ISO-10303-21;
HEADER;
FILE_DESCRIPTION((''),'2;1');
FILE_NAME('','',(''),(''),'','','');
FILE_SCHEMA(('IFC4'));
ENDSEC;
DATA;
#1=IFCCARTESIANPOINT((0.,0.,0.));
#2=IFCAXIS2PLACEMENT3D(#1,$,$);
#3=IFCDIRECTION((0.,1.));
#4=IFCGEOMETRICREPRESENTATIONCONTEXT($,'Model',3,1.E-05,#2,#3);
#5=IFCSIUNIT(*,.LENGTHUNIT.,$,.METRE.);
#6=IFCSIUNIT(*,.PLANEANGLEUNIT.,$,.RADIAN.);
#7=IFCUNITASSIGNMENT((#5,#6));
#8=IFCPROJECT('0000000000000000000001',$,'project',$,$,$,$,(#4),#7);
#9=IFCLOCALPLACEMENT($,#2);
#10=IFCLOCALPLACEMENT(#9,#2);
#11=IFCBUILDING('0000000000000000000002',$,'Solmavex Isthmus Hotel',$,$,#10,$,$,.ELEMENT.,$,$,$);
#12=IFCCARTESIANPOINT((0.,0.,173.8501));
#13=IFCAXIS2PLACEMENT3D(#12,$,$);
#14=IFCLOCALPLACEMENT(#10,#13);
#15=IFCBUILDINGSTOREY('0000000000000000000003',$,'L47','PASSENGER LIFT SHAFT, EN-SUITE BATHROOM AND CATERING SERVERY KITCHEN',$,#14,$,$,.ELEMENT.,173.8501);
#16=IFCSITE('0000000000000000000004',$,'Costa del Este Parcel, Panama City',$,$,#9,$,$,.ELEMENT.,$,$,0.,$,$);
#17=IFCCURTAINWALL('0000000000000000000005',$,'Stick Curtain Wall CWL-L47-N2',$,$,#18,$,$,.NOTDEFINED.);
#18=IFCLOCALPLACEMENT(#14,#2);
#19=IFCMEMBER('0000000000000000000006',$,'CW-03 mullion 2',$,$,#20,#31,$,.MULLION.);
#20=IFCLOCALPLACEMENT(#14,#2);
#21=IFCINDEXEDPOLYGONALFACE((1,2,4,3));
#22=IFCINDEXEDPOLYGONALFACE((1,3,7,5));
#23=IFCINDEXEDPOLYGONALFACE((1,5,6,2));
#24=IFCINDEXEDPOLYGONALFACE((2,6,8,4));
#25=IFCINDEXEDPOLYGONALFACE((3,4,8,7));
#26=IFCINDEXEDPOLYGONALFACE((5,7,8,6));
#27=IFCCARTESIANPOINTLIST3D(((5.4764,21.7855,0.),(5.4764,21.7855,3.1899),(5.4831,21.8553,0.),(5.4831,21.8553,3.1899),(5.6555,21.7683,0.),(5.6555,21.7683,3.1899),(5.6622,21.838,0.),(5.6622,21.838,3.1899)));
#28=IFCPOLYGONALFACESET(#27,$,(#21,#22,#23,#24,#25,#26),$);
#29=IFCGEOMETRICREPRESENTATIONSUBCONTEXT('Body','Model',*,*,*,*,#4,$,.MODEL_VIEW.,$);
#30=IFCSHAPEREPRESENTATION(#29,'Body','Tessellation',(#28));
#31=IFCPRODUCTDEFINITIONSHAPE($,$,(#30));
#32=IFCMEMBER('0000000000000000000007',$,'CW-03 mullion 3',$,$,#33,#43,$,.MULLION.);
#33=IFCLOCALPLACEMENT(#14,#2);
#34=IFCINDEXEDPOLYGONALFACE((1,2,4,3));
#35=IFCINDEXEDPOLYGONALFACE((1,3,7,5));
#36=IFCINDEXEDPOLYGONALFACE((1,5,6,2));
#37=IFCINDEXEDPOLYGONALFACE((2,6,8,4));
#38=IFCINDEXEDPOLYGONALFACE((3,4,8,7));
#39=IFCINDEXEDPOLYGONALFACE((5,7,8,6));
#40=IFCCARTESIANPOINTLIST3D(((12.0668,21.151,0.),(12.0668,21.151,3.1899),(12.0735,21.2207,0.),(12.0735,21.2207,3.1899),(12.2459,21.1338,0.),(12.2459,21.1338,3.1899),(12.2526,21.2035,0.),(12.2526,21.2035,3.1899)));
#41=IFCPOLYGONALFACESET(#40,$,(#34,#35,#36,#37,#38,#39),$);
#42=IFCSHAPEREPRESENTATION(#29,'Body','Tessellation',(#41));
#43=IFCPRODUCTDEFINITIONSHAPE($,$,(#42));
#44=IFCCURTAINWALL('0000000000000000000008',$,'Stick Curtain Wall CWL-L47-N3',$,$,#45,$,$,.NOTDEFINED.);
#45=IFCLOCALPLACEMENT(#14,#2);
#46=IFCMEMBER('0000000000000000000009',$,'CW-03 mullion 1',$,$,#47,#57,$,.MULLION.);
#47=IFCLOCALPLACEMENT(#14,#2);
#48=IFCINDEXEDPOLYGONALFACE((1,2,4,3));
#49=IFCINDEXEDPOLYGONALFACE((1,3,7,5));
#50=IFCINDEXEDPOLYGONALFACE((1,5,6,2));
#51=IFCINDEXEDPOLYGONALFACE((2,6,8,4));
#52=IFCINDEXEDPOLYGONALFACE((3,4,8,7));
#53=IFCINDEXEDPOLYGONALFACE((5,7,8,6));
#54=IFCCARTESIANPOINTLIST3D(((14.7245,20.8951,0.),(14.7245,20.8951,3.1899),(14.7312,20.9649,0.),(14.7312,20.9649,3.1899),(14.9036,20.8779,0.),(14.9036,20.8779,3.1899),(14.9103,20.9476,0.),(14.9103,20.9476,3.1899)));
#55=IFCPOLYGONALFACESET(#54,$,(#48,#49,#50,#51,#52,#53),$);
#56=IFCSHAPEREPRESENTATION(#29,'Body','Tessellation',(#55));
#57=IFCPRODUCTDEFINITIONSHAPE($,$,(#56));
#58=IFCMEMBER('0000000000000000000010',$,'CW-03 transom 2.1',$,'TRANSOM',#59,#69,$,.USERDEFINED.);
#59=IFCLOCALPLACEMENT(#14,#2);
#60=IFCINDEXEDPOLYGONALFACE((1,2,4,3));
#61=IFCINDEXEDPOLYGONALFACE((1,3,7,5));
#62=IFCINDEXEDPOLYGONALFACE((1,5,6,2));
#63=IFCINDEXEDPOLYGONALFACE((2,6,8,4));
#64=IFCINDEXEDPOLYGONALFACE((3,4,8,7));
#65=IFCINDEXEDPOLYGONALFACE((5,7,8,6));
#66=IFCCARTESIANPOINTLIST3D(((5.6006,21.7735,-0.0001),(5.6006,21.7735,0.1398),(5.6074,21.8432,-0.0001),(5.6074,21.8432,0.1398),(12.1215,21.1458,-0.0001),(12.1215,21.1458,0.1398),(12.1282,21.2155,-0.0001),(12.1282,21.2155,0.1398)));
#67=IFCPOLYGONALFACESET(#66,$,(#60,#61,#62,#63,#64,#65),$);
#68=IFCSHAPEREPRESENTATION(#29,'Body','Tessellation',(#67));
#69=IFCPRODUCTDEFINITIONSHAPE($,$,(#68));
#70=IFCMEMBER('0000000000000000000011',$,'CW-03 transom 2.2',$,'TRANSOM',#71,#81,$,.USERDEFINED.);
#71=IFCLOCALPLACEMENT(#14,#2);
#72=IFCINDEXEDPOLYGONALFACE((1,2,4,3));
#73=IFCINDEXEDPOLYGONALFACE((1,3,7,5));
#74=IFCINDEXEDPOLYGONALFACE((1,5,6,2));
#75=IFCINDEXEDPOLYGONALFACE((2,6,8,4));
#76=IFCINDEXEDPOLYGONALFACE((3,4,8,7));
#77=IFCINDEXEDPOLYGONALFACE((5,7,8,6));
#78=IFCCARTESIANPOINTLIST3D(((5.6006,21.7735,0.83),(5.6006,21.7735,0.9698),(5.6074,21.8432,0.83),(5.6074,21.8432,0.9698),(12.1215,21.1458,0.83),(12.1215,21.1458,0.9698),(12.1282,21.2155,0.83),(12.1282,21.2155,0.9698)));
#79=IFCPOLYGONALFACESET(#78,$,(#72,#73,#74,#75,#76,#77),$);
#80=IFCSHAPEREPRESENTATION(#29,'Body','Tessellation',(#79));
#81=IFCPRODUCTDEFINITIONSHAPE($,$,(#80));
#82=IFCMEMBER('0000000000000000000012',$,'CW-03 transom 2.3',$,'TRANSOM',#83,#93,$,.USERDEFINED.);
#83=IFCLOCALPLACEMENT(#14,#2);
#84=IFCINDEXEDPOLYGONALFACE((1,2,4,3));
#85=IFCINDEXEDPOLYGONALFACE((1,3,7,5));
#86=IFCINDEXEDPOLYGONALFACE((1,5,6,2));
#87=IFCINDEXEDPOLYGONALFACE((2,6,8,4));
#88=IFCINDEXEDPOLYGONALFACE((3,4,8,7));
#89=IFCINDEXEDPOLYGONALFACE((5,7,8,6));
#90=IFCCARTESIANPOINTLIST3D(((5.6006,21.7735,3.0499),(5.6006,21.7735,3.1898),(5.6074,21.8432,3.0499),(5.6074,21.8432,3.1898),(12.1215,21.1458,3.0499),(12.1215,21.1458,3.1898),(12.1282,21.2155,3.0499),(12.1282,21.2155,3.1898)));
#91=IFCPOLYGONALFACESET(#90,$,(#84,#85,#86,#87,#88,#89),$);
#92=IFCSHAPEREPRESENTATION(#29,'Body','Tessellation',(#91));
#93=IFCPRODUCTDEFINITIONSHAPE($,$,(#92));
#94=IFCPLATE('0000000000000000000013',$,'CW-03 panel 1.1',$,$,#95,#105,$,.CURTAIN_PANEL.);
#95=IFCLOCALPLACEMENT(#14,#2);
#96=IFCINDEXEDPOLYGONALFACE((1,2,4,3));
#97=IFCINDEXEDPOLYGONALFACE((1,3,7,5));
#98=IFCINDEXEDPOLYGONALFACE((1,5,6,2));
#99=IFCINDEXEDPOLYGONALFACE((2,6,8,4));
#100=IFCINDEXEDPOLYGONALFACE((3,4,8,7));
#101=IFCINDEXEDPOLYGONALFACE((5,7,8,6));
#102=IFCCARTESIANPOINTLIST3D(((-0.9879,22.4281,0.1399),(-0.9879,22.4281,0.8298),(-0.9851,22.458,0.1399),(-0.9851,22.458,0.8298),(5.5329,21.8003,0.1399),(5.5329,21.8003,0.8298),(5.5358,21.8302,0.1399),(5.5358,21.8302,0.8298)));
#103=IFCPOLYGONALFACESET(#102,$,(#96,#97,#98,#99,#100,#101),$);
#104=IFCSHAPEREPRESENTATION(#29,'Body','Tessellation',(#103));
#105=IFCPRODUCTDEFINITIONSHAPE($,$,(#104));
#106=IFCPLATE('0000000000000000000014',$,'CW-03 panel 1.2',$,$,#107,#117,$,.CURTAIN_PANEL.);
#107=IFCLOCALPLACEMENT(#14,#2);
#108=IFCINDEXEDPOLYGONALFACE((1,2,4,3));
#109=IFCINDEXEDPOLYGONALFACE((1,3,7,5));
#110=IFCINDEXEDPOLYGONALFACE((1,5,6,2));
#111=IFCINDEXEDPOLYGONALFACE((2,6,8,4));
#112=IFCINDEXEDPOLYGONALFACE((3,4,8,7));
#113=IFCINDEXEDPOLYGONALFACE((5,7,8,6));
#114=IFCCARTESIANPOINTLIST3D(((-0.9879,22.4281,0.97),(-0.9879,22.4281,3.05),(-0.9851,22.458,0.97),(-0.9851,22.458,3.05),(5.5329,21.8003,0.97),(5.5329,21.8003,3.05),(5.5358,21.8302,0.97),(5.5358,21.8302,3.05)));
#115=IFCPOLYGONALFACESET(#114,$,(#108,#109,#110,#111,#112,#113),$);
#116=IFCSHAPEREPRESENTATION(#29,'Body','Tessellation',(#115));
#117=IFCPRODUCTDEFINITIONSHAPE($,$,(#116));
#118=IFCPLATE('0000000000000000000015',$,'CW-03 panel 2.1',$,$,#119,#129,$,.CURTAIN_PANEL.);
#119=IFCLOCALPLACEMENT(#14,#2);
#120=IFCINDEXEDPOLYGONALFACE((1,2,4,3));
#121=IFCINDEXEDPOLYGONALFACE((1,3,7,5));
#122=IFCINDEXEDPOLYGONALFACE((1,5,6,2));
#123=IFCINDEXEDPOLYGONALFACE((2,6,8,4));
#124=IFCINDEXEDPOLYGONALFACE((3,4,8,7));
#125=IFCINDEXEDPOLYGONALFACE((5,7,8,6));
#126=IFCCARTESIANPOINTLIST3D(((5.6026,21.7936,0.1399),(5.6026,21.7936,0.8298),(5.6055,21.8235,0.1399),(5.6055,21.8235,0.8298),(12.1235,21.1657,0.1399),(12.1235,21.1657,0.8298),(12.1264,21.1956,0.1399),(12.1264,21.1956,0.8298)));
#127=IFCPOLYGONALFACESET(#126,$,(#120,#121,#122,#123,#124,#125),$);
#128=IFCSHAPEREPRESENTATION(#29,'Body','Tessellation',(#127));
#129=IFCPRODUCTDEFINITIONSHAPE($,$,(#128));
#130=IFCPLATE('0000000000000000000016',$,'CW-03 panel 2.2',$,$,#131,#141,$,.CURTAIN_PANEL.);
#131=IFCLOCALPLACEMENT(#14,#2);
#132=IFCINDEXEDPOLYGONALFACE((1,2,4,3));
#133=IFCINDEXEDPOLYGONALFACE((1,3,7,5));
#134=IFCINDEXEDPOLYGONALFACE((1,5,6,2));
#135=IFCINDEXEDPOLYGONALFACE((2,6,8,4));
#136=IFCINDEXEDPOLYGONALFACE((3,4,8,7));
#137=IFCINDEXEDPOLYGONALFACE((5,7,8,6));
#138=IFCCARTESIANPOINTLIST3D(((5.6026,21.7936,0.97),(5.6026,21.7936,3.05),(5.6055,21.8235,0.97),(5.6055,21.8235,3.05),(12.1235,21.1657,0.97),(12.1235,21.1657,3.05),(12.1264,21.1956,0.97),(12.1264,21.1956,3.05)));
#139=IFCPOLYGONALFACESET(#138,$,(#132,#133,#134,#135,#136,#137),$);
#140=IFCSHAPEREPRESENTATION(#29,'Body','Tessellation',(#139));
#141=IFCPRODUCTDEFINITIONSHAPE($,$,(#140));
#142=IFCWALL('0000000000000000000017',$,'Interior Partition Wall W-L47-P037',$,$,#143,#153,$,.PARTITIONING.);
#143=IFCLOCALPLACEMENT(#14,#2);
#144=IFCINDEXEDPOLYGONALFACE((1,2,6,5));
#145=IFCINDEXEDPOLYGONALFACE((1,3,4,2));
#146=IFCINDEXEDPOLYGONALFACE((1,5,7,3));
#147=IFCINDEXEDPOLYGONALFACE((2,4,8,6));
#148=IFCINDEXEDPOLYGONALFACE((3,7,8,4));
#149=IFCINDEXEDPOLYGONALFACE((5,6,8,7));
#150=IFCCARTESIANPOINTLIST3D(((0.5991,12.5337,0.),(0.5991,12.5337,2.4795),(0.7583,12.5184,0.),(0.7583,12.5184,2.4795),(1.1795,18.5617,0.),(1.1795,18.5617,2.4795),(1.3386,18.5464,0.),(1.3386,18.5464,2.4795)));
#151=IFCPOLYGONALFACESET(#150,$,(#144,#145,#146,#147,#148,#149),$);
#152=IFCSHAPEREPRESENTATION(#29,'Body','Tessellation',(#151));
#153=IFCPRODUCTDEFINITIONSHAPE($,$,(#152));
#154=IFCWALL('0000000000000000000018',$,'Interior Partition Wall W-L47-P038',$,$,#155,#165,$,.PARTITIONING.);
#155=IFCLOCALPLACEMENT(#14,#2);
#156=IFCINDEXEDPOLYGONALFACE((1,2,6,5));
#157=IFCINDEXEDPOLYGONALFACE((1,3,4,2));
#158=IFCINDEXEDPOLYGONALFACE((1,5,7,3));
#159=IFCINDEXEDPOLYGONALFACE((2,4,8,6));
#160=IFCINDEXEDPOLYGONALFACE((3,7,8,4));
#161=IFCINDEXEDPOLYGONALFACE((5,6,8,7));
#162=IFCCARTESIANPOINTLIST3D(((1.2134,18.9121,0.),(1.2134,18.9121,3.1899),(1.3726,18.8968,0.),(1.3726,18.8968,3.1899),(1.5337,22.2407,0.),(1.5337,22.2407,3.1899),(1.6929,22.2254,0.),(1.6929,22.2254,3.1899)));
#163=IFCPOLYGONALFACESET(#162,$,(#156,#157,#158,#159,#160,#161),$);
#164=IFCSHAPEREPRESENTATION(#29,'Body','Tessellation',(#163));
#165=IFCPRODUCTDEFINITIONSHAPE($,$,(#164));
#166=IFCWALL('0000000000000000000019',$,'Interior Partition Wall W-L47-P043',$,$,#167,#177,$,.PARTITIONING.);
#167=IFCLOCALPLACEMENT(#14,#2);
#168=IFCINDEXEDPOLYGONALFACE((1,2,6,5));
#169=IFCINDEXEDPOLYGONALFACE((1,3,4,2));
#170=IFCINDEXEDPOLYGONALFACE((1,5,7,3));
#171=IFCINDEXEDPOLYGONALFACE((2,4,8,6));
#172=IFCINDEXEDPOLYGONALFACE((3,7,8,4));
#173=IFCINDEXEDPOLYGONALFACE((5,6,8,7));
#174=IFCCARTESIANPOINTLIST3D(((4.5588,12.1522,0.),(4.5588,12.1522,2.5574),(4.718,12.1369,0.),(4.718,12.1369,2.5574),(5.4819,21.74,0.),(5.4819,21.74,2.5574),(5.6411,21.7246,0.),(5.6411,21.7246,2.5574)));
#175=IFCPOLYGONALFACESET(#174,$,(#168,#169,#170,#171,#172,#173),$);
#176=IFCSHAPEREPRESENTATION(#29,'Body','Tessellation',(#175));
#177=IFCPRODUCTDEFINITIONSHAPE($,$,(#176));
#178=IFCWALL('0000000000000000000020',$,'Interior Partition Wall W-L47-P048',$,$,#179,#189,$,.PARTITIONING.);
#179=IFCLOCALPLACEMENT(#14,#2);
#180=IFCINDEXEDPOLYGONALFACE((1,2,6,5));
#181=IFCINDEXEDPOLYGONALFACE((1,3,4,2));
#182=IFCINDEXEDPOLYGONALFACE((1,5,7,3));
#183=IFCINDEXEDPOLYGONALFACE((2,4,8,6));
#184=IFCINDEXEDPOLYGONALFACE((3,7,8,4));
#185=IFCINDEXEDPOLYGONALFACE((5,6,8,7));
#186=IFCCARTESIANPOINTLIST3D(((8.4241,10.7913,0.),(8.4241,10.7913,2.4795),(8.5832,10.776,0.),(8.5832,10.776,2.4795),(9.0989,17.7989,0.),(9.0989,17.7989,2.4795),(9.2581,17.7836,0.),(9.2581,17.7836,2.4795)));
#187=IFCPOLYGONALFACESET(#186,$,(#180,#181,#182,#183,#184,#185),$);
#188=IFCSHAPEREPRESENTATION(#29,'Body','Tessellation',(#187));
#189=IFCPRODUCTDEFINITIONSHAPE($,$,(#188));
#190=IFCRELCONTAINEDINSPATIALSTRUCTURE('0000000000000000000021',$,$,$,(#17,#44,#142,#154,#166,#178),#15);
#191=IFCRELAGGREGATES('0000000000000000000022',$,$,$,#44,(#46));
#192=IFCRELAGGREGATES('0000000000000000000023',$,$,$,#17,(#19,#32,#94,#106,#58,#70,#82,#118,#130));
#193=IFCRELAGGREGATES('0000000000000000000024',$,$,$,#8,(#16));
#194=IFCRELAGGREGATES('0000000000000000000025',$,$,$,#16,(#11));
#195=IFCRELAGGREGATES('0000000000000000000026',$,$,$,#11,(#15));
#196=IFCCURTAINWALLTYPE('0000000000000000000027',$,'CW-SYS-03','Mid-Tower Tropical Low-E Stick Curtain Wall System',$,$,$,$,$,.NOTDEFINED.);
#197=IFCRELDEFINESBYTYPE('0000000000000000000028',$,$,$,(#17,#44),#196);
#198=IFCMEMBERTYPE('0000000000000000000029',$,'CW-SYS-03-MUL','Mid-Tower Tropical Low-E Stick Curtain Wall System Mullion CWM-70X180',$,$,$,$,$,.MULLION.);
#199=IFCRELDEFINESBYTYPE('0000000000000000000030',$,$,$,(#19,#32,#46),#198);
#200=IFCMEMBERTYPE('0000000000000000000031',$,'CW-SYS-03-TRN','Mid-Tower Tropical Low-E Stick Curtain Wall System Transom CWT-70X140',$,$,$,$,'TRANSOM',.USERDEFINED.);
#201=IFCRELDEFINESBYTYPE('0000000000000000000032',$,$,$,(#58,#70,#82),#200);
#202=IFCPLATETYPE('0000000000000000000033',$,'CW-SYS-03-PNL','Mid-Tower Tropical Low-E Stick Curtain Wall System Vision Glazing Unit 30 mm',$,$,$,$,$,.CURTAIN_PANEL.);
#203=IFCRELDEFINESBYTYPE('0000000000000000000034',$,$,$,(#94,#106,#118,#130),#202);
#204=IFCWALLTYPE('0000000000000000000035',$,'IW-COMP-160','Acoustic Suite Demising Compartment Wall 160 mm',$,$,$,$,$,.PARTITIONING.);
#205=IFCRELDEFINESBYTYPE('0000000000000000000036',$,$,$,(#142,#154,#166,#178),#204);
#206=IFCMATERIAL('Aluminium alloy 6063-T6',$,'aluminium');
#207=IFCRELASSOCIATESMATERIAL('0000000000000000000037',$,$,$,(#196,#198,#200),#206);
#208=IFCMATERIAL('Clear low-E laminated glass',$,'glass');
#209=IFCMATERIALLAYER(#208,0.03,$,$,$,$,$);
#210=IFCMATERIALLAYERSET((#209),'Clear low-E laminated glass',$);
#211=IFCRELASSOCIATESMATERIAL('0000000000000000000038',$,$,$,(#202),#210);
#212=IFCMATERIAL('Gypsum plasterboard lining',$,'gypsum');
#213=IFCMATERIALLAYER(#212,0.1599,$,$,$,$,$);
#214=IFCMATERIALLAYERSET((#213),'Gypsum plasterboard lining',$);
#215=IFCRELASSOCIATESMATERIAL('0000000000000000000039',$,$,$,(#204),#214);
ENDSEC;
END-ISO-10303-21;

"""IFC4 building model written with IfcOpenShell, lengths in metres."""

from ifc_helpers import new_model, si_unit, direction, frame, frame_2d, origin, origin_2d, place, context, subcontext, project, spatial, rectangle, extrude, material, layer, layer_set, material_profile, profile_set, type_object, element, aggregate, save


model = new_model("IFC4")

# Units and contexts
model_context = context("Model", 3, precision=1e-05, world=origin(), true_north=direction((0.0, 1.0)))
body_context = subcontext(model_context, "Body", "Model", "MODEL_VIEW")
ifc_project = project(units=[si_unit("LENGTHUNIT", "METRE"), si_unit("PLANEANGLEUNIT", "RADIAN")], contexts=[model_context])

# Site, building, storey
site_placement = place(None, origin())
site = spatial("IfcSite", under=ifc_project, at=site_placement, Name="Costa del Este Parcel, Panama City", CompositionType="ELEMENT", RefElevation=0.0)
building_placement = place(site_placement, origin())
building = spatial("IfcBuilding", under=site, at=building_placement, Name="Solmavex Isthmus Hotel", CompositionType="ELEMENT")
storey_placement = place(building_placement, frame((0.0, 0.0, 173.8501)))
storey = spatial("IfcBuildingStorey", under=building, at=storey_placement, Name="L47", Description="PASSENGER LIFT SHAFT, EN-SUITE BATHROOM AND CATERING SERVERY KITCHEN", CompositionType="ELEMENT", Elevation=173.8501)

# Curtain wall, members
ifc_material_1 = material(Name="Aluminium alloy 6063-T6", Category="aluminium")
curtain_wall_type = type_object("IfcCurtainWallType", Name="CW-SYS-03", Description="Mid-Tower Tropical Low-E Stick Curtain Wall System", PredefinedType="NOTDEFINED", material=ifc_material_1)
curtain_wall_1_placement = place(storey_placement, origin())
curtain_wall_1 = element("IfcCurtainWall", 1, at=curtain_wall_1_placement, inside=storey, type_object=curtain_wall_type, Name="Stick Curtain Wall CWL-L47-N2", PredefinedType="NOTDEFINED")
ifc_material_profile_1 = material_profile(ifc_material_1, rectangle(XDim=0.0701, YDim=0.1799, at=origin_2d()), Name="CWM-70X180")
ifc_profile_set_1 = profile_set([ifc_material_profile_1], Name="Aluminium alloy 6063-T6")
member_type_1 = type_object("IfcMemberType", Name="CW-SYS-03-MUL", Description="Mid-Tower Tropical Low-E Stick Curtain Wall System Mullion CWM-70X180", PredefinedType="MULLION", material=ifc_profile_set_1)
member_1_placement = place(storey_placement, frame((5.5693, 21.8118, 0.0), z_axis=(0.0, 0.0, 1.0), x_axis=(0.095845, 0.995396, 0.0)))
member_1 = element("IfcMember", 2, at=member_1_placement, type_object=member_type_1, Name="CW-03 mullion 2", PredefinedType="MULLION", context=body_context, shape_type="SweptSolid", body=[
    extrude(rectangle(XDim=0.0701, YDim=0.1799, at=origin_2d()), origin(), (0.0, 0.0, 1.0), 3.1899),
])
member_2_placement = place(storey_placement, frame((12.1597, 21.1772, 0.0), z_axis=(0.0, 0.0, 1.0), x_axis=(0.095845, 0.995396, 0.0)))
member_2 = element("IfcMember", 3, at=member_2_placement, type_object=member_type_1, Name="CW-03 mullion 3", PredefinedType="MULLION", context=body_context, shape_type="SweptSolid", body=[
    extrude(rectangle(XDim=0.0701, YDim=0.1799, at=origin_2d()), origin(), (0.0, 0.0, 1.0), 3.1899),
])

# Curtain wall, member
curtain_wall_2_placement = place(storey_placement, origin())
curtain_wall_2 = element("IfcCurtainWall", 4, at=curtain_wall_2_placement, inside=storey, type_object=curtain_wall_type, Name="Stick Curtain Wall CWL-L47-N3", PredefinedType="NOTDEFINED")
member_3_placement = place(storey_placement, frame((14.8174, 20.9214, 0.0), z_axis=(0.0, 0.0, 1.0), x_axis=(0.095846, 0.995396, 0.0)))
member_3 = element("IfcMember", 5, at=member_3_placement, type_object=member_type_1, Name="CW-03 mullion 1", PredefinedType="MULLION", context=body_context, shape_type="SweptSolid", body=[
    extrude(rectangle(XDim=0.0701, YDim=0.1799, at=origin_2d()), origin(), (0.0, 0.0, 1.0), 3.1899),
])
aggregate(curtain_wall_2, [member_3])

# Members
ifc_material_profile_2 = material_profile(ifc_material_1, rectangle(XDim=0.0701, YDim=0.1399, at=origin_2d()), Name="CWT-70X140")
ifc_profile_set_2 = profile_set([ifc_material_profile_2], Name="Aluminium alloy 6063-T6")
member_type_2 = type_object("IfcMemberType", Name="CW-SYS-03-TRN", Description="Mid-Tower Tropical Low-E Stick Curtain Wall System Transom CWT-70X140", ElementType="TRANSOM", PredefinedType="USERDEFINED", material=ifc_profile_set_2)
member_4_placement = place(storey_placement, frame((5.604, 21.8083, 0.0698), z_axis=(0.995399, -0.095813, 0.0), x_axis=(0.095813, 0.995399, 0.0)))
member_4 = element("IfcMember", 6, at=member_4_placement, type_object=member_type_2, Name="CW-03 transom 2.1", ObjectType="TRANSOM", PredefinedType="USERDEFINED", context=body_context, shape_type="SweptSolid", body=[
    extrude(rectangle(XDim=0.0701, YDim=0.1399, at=origin_2d()), origin(), (0.0, 0.0, 1.0), 6.551),
])
member_5_placement = place(storey_placement, frame((5.604, 21.8083, 0.8999), z_axis=(0.995399, -0.095813, 0.0), x_axis=(0.095813, 0.995399, 0.0)))
member_5 = element("IfcMember", 7, at=member_5_placement, type_object=member_type_2, Name="CW-03 transom 2.2", ObjectType="TRANSOM", PredefinedType="USERDEFINED", context=body_context, shape_type="SweptSolid", body=[
    extrude(rectangle(XDim=0.0701, YDim=0.1399, at=origin_2d()), origin(), (0.0, 0.0, 1.0), 6.551),
])
member_6_placement = place(storey_placement, frame((5.604, 21.8083, 3.1199), z_axis=(0.995399, -0.095813, 0.0), x_axis=(0.095813, 0.995399, 0.0)))
member_6 = element("IfcMember", 8, at=member_6_placement, type_object=member_type_2, Name="CW-03 transom 2.3", ObjectType="TRANSOM", PredefinedType="USERDEFINED", context=body_context, shape_type="SweptSolid", body=[
    extrude(rectangle(XDim=0.0701, YDim=0.1399, at=origin_2d()), origin(), (0.0, 0.0, 1.0), 6.551),
])

# Plates
ifc_material_2 = material(Name="Clear low-E laminated glass", Category="glass")
ifc_layer_1 = layer(ifc_material_2, 0.03)
ifc_layer_set_1 = layer_set([ifc_layer_1], Name="Clear low-E laminated glass")
plate_type = type_object("IfcPlateType", Name="CW-SYS-03-PNL", Description="Mid-Tower Tropical Low-E Stick Curtain Wall System Vision Glazing Unit 30 mm", PredefinedType="CURTAIN_PANEL", material=ifc_layer_set_1)
plate_1_placement = place(storey_placement, frame((2.2739, 22.1292, 0.1399), z_axis=(0.0, 0.0, 1.0), x_axis=(0.995396, -0.095845, 0.0)))
plate_1 = element("IfcPlate", 9, at=plate_1_placement, type_object=plate_type, Name="CW-03 panel 1.1", PredefinedType="CURTAIN_PANEL", context=body_context, shape_type="SweptSolid", body=[
    extrude(rectangle(XDim=6.551, YDim=0.03, at=origin_2d()), origin(), (0.0, 0.0, 1.0), 0.6899),
])
plate_2_placement = place(storey_placement, frame((2.2739, 22.1292, 0.97), z_axis=(0.0, 0.0, 1.0), x_axis=(0.995396, -0.095845, 0.0)))
plate_2 = element("IfcPlate", 10, at=plate_2_placement, type_object=plate_type, Name="CW-03 panel 1.2", PredefinedType="CURTAIN_PANEL", context=body_context, shape_type="SweptSolid", body=[
    extrude(rectangle(XDim=6.551, YDim=0.03, at=origin_2d()), origin(), (0.0, 0.0, 1.0), 2.0801),
])
plate_3_placement = place(storey_placement, frame((8.8645, 21.4946, 0.1399), z_axis=(0.0, 0.0, 1.0), x_axis=(0.995396, -0.095845, 0.0)))
plate_3 = element("IfcPlate", 11, at=plate_3_placement, type_object=plate_type, Name="CW-03 panel 2.1", PredefinedType="CURTAIN_PANEL", context=body_context, shape_type="SweptSolid", body=[
    extrude(rectangle(XDim=6.551, YDim=0.03, at=origin_2d()), origin(), (0.0, 0.0, 1.0), 0.6899),
])
plate_4_placement = place(storey_placement, frame((8.8645, 21.4946, 0.97), z_axis=(0.0, 0.0, 1.0), x_axis=(0.995396, -0.095845, 0.0)))
plate_4 = element("IfcPlate", 12, at=plate_4_placement, type_object=plate_type, Name="CW-03 panel 2.2", PredefinedType="CURTAIN_PANEL", context=body_context, shape_type="SweptSolid", body=[
    extrude(rectangle(XDim=6.551, YDim=0.03, at=origin_2d()), origin(), (0.0, 0.0, 1.0), 2.0801),
])
aggregate(curtain_wall_1, [member_1, member_2, plate_1, plate_2, member_4, member_5, member_6, plate_3, plate_4])

# Walls
ifc_material_3 = material(Name="Gypsum plasterboard lining", Category="gypsum")
ifc_layer_2 = layer(ifc_material_3, 0.1599)
ifc_layer_set_2 = layer_set([ifc_layer_2], Name="Gypsum plasterboard lining")
wall_type_1 = type_object("IfcWallType", Name="IW-COMP-160", Description="Acoustic Suite Demising Compartment Wall 160 mm", PredefinedType="PARTITIONING", material=ifc_layer_set_2)
wall_1_placement = place(storey_placement, frame((1.259, 18.554, 0.0), z_axis=(0.0, 0.0, 1.0), x_axis=(-0.095827, -0.995398, 0.0)))
element("IfcWall", 13, at=wall_1_placement, inside=storey, type_object=wall_type_1, Name="Interior Partition Wall W-L47-P037", PredefinedType="PARTITIONING", context=body_context, shape_type="SweptSolid", body=[
    extrude(rectangle(XDim=6.0559, YDim=0.1599, at=frame_2d((3.0278, 0.0))), origin(), (0.0, 0.0, 1.0), 2.4795),
])
wall_2_placement = place(storey_placement, frame((1.6133, 22.2329, 0.0), z_axis=(0.0, 0.0, 1.0), x_axis=(-0.095788, -0.995402, 0.0)))
element("IfcWall", 14, at=wall_2_placement, inside=storey, type_object=wall_type_1, Name="Interior Partition Wall W-L47-P038", PredefinedType="PARTITIONING", context=body_context, shape_type="SweptSolid", body=[
    extrude(rectangle(XDim=3.344, YDim=0.1599, at=frame_2d((1.6719, 0.0))), origin(), (0.0, 0.0, 1.0), 3.1899),
])
wall_3_placement = place(storey_placement, frame((5.5615, 21.7322, 0.0), z_axis=(0.0, 0.0, 1.0), x_axis=(-0.095837, -0.995397, 0.0)))
element("IfcWall", 15, at=wall_3_placement, inside=storey, type_object=wall_type_1, Name="Interior Partition Wall W-L47-P043", PredefinedType="PARTITIONING", context=body_context, shape_type="SweptSolid", body=[
    extrude(rectangle(XDim=9.6321, YDim=0.1599, at=frame_2d((4.8159, 0.0))), origin(), (0.0, 0.0, 1.0), 2.5574),
])
wall_4_placement = place(storey_placement, frame((9.1785, 17.7913, 0.0), z_axis=(0.0, 0.0, 1.0), x_axis=(-0.095853, -0.995395, 0.0)))
element("IfcWall", 16, at=wall_4_placement, inside=storey, type_object=wall_type_1, Name="Interior Partition Wall W-L47-P048", PredefinedType="PARTITIONING", context=body_context, shape_type="SweptSolid", body=[
    extrude(rectangle(XDim=7.04, YDim=0.1599, at=frame_2d((3.52, 0.0))), origin(), (0.0, 0.0, 1.0), 2.4795),
])

save(model, "model.ifc")
